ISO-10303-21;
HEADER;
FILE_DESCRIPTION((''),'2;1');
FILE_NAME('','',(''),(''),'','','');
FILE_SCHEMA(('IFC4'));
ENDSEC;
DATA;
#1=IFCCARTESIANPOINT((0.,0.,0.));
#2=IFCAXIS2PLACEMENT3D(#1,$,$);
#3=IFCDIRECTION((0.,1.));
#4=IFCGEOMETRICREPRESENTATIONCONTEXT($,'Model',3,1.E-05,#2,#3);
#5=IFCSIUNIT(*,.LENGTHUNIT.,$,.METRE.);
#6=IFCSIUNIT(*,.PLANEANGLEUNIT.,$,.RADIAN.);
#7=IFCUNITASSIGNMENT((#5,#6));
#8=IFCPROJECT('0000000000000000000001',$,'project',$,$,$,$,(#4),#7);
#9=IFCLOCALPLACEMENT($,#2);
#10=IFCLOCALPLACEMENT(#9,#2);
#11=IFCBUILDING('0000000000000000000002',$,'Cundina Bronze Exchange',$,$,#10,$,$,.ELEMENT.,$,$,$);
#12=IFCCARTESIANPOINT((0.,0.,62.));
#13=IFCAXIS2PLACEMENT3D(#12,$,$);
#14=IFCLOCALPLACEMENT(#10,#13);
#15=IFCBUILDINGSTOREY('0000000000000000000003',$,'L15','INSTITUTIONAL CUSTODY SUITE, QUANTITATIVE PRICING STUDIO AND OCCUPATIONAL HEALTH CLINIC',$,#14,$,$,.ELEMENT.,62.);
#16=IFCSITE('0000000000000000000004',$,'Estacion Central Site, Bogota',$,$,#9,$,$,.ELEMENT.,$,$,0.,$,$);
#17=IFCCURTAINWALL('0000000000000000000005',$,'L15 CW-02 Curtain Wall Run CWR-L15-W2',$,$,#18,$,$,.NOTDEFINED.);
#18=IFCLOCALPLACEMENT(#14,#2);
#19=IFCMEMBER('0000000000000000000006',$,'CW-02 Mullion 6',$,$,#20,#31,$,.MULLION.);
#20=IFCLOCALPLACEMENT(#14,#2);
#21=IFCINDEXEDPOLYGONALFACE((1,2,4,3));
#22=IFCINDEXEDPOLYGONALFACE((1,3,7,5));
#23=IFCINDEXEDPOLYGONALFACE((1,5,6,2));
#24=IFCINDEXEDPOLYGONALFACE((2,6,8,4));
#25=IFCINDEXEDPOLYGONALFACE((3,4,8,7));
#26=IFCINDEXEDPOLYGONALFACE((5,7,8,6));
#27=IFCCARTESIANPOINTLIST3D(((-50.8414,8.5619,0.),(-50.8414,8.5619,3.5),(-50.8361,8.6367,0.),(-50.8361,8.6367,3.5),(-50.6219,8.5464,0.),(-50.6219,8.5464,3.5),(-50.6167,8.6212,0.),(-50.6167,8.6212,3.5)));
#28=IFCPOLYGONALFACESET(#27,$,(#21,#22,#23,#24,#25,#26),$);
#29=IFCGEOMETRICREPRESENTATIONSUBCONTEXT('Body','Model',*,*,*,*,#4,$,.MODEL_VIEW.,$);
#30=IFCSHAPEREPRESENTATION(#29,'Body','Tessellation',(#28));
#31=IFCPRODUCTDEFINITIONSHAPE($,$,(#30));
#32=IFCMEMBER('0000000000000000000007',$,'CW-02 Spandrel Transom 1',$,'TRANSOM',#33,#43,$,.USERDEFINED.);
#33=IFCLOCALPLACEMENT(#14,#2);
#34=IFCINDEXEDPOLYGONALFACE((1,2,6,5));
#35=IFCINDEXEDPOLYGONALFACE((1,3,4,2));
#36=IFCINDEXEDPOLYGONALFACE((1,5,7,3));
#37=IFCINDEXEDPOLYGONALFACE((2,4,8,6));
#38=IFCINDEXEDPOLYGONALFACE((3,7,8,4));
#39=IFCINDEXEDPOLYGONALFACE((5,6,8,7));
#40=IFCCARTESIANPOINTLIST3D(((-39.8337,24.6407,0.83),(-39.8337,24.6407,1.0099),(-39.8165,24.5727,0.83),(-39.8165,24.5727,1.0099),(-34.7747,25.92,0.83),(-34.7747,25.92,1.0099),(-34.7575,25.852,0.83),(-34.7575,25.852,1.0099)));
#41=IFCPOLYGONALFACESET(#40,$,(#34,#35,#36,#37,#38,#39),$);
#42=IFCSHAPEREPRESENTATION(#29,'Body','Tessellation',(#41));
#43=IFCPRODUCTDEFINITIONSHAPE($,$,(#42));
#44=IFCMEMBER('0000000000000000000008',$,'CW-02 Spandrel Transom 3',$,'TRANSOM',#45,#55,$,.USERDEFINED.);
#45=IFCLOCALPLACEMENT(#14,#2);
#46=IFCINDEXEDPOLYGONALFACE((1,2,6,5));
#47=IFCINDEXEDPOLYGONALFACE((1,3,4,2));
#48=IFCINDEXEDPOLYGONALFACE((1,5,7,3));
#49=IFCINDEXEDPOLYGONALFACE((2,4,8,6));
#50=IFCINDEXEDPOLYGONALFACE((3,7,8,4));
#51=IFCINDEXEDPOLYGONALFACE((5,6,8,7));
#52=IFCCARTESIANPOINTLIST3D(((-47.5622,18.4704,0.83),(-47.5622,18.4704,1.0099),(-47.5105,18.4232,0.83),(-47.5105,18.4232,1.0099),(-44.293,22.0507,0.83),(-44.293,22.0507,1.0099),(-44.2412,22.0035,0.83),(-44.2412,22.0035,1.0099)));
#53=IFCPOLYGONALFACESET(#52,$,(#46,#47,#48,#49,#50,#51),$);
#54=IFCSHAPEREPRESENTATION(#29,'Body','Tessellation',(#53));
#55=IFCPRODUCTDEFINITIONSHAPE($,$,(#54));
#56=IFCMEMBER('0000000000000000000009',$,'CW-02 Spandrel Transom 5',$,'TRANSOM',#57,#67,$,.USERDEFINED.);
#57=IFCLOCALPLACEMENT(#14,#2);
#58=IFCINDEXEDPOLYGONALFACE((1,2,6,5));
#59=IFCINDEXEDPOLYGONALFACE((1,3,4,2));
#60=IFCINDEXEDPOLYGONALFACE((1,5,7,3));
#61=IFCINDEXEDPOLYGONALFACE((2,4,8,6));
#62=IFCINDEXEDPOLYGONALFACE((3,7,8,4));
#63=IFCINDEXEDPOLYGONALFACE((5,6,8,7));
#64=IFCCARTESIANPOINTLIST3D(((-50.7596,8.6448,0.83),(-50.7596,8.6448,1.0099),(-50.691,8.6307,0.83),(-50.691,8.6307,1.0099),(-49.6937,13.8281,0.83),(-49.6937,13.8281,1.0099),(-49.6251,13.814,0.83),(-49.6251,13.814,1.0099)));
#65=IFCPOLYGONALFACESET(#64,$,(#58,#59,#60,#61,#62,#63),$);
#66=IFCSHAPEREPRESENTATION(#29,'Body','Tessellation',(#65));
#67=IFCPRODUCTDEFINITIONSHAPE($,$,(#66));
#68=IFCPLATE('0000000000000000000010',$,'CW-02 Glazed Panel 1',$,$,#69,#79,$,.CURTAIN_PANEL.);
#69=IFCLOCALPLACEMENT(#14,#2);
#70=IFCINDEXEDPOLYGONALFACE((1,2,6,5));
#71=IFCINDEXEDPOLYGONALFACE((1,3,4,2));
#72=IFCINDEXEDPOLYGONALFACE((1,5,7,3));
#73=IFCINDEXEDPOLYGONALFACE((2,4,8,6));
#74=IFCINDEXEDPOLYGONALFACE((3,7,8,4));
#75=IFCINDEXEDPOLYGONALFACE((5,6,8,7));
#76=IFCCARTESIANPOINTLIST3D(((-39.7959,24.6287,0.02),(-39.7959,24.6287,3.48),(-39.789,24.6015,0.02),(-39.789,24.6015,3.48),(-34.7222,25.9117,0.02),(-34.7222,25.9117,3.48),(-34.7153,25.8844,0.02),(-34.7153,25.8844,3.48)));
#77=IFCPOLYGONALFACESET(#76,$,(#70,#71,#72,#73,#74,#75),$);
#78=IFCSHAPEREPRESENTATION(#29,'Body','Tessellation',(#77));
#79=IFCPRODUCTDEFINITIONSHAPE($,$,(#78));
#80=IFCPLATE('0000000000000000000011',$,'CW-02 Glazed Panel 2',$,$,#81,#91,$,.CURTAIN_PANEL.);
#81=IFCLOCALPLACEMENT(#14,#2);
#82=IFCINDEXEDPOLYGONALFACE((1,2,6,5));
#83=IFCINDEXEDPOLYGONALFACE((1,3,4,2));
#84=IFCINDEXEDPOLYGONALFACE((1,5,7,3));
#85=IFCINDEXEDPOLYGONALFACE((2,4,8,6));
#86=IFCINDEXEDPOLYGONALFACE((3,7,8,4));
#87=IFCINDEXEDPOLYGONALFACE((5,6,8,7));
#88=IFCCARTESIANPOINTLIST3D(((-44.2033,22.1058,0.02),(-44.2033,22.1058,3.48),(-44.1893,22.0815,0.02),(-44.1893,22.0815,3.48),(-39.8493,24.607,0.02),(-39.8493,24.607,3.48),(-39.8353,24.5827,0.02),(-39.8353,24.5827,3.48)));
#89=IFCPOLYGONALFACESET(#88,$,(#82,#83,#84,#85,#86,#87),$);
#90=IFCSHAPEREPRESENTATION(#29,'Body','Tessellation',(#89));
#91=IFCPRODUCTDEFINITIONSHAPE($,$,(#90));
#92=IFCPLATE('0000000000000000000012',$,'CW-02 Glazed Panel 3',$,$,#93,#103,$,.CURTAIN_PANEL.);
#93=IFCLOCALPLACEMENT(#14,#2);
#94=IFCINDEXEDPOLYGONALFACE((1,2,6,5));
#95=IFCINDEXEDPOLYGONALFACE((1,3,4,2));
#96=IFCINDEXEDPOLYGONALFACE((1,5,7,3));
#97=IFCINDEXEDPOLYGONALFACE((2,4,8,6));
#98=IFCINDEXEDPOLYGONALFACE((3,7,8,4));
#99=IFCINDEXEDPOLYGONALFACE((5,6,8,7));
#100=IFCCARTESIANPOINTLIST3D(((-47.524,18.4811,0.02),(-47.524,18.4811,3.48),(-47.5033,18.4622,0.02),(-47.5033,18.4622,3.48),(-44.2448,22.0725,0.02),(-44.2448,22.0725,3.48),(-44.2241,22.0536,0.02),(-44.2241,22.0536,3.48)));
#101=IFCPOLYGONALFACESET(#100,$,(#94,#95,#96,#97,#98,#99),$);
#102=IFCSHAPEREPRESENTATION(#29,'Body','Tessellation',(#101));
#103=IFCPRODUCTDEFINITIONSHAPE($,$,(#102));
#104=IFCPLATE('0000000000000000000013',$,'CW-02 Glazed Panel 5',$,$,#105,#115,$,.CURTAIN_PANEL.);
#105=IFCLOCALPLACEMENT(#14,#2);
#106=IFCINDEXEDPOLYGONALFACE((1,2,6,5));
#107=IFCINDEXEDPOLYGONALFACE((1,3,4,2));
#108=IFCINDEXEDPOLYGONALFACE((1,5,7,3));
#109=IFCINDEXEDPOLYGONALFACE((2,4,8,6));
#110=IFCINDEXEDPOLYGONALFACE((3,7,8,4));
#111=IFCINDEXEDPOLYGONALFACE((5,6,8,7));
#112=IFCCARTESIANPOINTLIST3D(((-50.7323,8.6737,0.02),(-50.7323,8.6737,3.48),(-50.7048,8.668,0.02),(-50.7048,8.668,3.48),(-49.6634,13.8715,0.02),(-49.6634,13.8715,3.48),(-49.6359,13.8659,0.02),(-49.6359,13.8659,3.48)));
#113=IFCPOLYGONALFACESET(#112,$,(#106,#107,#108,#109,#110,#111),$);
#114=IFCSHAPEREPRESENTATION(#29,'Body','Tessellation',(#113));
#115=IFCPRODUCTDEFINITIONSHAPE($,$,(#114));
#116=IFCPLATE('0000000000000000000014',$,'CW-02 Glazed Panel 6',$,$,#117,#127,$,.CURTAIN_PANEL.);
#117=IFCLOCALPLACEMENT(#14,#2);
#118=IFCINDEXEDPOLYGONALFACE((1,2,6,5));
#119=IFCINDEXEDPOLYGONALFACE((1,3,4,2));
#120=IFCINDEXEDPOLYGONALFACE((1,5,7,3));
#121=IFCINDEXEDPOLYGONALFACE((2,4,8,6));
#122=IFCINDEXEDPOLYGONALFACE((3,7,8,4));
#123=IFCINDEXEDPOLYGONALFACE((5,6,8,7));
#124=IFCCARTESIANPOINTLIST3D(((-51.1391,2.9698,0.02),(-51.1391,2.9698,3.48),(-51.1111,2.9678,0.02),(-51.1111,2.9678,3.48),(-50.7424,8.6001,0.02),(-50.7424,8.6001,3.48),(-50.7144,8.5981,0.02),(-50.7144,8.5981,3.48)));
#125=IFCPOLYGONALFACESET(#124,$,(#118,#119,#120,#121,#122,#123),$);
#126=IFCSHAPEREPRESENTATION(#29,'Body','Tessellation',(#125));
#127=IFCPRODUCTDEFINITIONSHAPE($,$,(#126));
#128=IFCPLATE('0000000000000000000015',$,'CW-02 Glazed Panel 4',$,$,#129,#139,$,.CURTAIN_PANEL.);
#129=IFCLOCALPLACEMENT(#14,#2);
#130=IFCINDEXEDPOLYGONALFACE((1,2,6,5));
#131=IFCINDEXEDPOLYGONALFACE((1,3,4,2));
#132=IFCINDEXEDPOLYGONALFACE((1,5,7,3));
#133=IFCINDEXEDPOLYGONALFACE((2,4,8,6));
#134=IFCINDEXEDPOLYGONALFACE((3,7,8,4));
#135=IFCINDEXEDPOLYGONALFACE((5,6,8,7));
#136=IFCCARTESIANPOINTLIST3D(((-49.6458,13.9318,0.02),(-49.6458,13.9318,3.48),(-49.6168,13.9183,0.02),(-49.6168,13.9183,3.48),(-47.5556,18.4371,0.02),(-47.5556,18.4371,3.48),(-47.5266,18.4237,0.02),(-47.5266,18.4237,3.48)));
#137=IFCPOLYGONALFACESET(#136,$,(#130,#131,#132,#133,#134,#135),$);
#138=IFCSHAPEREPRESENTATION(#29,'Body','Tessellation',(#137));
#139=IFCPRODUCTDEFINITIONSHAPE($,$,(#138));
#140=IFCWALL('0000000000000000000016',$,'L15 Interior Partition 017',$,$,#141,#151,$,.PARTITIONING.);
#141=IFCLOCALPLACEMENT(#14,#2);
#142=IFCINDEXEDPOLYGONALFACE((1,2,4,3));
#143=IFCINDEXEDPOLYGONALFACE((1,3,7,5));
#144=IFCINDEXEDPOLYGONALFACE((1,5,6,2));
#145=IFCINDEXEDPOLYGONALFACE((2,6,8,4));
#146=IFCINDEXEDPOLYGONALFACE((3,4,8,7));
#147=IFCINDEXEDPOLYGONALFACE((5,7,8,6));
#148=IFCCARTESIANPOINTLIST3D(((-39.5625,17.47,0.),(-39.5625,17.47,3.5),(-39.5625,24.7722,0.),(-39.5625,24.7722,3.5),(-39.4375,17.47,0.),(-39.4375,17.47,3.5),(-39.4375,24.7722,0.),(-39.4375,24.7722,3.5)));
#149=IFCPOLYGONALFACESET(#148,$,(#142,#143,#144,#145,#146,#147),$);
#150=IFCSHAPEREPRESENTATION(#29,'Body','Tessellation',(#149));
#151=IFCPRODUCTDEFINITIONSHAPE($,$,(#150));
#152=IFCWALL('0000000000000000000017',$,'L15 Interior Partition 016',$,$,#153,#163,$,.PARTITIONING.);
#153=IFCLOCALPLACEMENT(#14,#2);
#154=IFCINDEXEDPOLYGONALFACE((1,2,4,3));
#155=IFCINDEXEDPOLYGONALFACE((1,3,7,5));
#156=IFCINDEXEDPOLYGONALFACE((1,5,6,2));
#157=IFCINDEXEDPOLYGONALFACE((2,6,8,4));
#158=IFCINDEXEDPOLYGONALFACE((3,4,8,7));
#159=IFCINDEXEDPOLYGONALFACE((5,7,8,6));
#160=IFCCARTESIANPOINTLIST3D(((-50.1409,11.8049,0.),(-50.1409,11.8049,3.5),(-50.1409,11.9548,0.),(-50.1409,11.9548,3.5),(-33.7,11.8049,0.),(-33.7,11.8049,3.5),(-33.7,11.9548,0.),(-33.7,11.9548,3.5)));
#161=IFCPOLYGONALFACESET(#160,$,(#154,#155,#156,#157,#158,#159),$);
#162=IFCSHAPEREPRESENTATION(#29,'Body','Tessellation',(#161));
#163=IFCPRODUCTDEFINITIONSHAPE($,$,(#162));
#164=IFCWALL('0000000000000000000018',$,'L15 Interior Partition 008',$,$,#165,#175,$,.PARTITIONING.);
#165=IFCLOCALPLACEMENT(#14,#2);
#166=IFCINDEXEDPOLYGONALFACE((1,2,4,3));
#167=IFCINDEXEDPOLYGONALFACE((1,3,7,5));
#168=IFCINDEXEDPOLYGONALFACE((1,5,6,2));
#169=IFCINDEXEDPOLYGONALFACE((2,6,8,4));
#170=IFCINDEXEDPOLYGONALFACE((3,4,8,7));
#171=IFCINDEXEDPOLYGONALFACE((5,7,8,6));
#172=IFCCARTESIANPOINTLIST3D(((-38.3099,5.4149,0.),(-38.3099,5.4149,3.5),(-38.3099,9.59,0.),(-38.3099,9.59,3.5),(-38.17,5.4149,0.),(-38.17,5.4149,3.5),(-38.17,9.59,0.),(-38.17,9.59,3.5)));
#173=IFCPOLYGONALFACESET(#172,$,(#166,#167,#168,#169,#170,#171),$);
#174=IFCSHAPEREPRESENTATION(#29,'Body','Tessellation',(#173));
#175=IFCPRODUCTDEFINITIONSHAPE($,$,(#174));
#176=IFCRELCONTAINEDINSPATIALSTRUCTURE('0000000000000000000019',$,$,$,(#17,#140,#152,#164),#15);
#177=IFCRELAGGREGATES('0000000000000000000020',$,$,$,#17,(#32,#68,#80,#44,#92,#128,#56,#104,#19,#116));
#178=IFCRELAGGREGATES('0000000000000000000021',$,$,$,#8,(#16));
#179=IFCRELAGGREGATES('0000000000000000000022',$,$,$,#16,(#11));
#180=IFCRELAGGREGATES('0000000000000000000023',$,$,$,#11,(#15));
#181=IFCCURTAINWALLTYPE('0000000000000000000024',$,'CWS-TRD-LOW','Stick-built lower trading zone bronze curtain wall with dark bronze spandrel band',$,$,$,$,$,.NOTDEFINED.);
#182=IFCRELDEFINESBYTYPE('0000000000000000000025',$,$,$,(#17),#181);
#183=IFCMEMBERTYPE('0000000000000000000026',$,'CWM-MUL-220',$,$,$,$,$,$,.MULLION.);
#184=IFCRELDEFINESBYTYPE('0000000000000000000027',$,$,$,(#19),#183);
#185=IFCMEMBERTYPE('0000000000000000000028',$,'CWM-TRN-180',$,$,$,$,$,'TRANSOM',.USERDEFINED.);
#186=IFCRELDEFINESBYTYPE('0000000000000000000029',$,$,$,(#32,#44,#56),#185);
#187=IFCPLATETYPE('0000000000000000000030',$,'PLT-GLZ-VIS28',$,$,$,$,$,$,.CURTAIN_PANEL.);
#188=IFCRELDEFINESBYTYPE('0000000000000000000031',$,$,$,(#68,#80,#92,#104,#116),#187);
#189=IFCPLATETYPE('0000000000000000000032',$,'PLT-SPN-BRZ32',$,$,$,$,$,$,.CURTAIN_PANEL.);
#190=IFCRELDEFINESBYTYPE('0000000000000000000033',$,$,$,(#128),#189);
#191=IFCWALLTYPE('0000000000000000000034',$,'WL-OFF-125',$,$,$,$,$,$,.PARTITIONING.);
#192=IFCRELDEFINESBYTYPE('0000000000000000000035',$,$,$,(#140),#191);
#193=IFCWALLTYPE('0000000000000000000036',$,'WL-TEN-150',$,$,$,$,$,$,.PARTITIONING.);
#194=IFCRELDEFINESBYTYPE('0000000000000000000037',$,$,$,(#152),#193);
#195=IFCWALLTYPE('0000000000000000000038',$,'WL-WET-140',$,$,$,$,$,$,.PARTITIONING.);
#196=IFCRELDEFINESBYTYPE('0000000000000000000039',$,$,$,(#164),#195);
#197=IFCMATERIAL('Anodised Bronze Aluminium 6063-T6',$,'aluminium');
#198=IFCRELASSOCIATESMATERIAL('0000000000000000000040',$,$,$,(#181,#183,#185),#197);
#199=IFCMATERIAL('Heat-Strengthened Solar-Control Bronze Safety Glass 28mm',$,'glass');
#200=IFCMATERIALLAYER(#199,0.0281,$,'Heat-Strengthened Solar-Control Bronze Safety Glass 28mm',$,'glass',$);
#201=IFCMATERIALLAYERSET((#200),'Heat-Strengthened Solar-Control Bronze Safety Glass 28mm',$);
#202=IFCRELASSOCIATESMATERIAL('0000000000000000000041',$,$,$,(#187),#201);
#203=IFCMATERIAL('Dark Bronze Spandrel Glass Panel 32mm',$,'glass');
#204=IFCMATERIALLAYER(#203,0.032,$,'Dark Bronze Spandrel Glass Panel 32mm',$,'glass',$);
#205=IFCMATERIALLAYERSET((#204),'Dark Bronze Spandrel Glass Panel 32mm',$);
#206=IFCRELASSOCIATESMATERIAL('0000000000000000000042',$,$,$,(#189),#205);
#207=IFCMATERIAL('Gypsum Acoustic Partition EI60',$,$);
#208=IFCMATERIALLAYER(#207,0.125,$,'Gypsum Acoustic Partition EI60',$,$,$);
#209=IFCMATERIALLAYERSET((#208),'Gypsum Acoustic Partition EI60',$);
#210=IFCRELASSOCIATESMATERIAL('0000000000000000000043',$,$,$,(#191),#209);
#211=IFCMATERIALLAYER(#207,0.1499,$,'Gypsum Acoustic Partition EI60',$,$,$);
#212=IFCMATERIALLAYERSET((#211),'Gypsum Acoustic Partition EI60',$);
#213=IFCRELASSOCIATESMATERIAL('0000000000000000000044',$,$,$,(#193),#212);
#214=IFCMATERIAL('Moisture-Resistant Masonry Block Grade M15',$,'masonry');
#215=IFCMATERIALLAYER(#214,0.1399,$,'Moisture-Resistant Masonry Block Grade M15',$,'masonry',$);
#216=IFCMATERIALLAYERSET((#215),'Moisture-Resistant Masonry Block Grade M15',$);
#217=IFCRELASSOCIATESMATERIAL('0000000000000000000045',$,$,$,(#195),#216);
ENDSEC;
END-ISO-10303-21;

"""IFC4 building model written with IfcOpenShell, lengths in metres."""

from ifc_helpers import new_model, si_unit, direction, frame, frame_2d, origin, origin_2d, place, context, subcontext, project, spatial, rectangle, extrude, material, layer, layer_set, material_profile, profile_set, type_object, element, aggregate, save


model = new_model("IFC4")

# Units and contexts
model_context = context("Model", 3, precision=1e-05, world=origin(), true_north=direction((0.0, 1.0)))
body_context = subcontext(model_context, "Body", "Model", "MODEL_VIEW")
ifc_project = project(units=[si_unit("LENGTHUNIT", "METRE"), si_unit("PLANEANGLEUNIT", "RADIAN")], contexts=[model_context])

# Site, building, storey
site_placement = place(None, origin())
site = spatial("IfcSite", under=ifc_project, at=site_placement, Name="Estacion Central Site, Bogota", CompositionType="ELEMENT", RefElevation=0.0)
building_placement = place(site_placement, origin())
building = spatial("IfcBuilding", under=site, at=building_placement, Name="Cundina Bronze Exchange", CompositionType="ELEMENT")
storey_placement = place(building_placement, frame((0.0, 0.0, 62.0)))
storey = spatial("IfcBuildingStorey", under=building, at=storey_placement, Name="L15", Description="INSTITUTIONAL CUSTODY SUITE, QUANTITATIVE PRICING STUDIO AND OCCUPATIONAL HEALTH CLINIC", CompositionType="ELEMENT", Elevation=62.0)

# Curtain wall, members, plates
ifc_material_1 = material(Name="Anodised Bronze Aluminium 6063-T6", Category="aluminium")
curtain_wall_type = type_object("IfcCurtainWallType", Name="CWS-TRD-LOW", Description="Stick-built lower trading zone bronze curtain wall with dark bronze spandrel band", PredefinedType="NOTDEFINED", material=ifc_material_1)
curtain_wall_placement = place(storey_placement, origin())
curtain_wall = element("IfcCurtainWall", 1, at=curtain_wall_placement, inside=storey, type_object=curtain_wall_type, Name="L15 CW-02 Curtain Wall Run CWR-L15-W2", PredefinedType="NOTDEFINED")
ifc_material_profile_1 = material_profile(ifc_material_1, rectangle(XDim=0.075, YDim=0.22, at=origin_2d()), Name="AL75X220", Category="aluminium")
ifc_profile_set_1 = profile_set([ifc_material_profile_1], Name="Anodised Bronze Aluminium 6063-T6")
member_type_1 = type_object("IfcMemberType", Name="CWM-MUL-220", PredefinedType="MULLION", material=ifc_profile_set_1)
member_1_placement = place(storey_placement, frame((-50.729, 8.5916, 0.0), z_axis=(0.0, 0.0, 1.0), x_axis=(-0.070279, -0.997527, 0.0)))
member_1 = element("IfcMember", 2, at=member_1_placement, type_object=member_type_1, Name="CW-02 Mullion 6", PredefinedType="MULLION", context=body_context, shape_type="SweptSolid", body=[
    extrude(rectangle(XDim=0.075, YDim=0.22, at=origin_2d()), origin(), (0.0, 0.0, 1.0), 3.5),
])
ifc_material_profile_2 = material_profile(ifc_material_1, rectangle(XDim=0.0701, YDim=0.1799, at=origin_2d()), Name="AL70X180", Category="aluminium")
ifc_profile_set_2 = profile_set([ifc_material_profile_2], Name="Anodised Bronze Aluminium 6063-T6")
member_type_2 = type_object("IfcMemberType", Name="CWM-TRN-180", ElementType="TRANSOM", PredefinedType="USERDEFINED", material=ifc_profile_set_2)
member_2_placement = place(storey_placement, frame((-34.7661, 25.886, 0.9199), z_axis=(-0.969484, -0.245155, 0.0), x_axis=(0.245155, -0.969484, 0.0)))
member_2 = element("IfcMember", 3, at=member_2_placement, type_object=member_type_2, Name="CW-02 Spandrel Transom 1", ObjectType="TRANSOM", PredefinedType="USERDEFINED", context=body_context, shape_type="SweptSolid", body=[
    extrude(rectangle(XDim=0.0701, YDim=0.1799, at=origin_2d()), origin(), (0.0, 0.0, 1.0), 5.2183),
])
member_3_placement = place(storey_placement, frame((-44.2671, 22.0271, 0.9199), z_axis=(-0.674303, -0.738455, 0.0), x_axis=(0.738455, -0.674303, 0.0)))
member_3 = element("IfcMember", 4, at=member_3_placement, type_object=member_type_2, Name="CW-02 Spandrel Transom 3", ObjectType="TRANSOM", PredefinedType="USERDEFINED", context=body_context, shape_type="SweptSolid", body=[
    extrude(rectangle(XDim=0.0701, YDim=0.1799, at=origin_2d()), origin(), (0.0, 0.0, 1.0), 4.8484),
])
member_4_placement = place(storey_placement, frame((-49.6594, 13.821, 0.9199), z_axis=(-0.201428, -0.979503, 0.0), x_axis=(0.979503, -0.201428, 0.0)))
member_4 = element("IfcMember", 5, at=member_4_placement, type_object=member_type_2, Name="CW-02 Spandrel Transom 5", ObjectType="TRANSOM", PredefinedType="USERDEFINED", context=body_context, shape_type="SweptSolid", body=[
    extrude(rectangle(XDim=0.0701, YDim=0.1799, at=origin_2d()), origin(), (0.0, 0.0, 1.0), 5.2917),
])
ifc_material_2 = material(Name="Heat-Strengthened Solar-Control Bronze Safety Glass 28mm", Category="glass")
ifc_layer_1 = layer(ifc_material_2, 0.0281, Name="Heat-Strengthened Solar-Control Bronze Safety Glass 28mm", Category="glass")
ifc_layer_set_1 = layer_set([ifc_layer_1], Name="Heat-Strengthened Solar-Control Bronze Safety Glass 28mm")
plate_type_1 = type_object("IfcPlateType", Name="PLT-GLZ-VIS28", PredefinedType="CURTAIN_PANEL", material=ifc_layer_set_1)
plate_1_placement = place(storey_placement, frame((-37.2556, 25.2566, 0.02), z_axis=(0.0, 0.0, 1.0), x_axis=(-0.969488, -0.245138, 0.0)))
plate_1 = element("IfcPlate", 6, at=plate_1_placement, type_object=plate_type_1, Name="CW-02 Glazed Panel 1", PredefinedType="CURTAIN_PANEL", context=body_context, shape_type="SweptSolid", body=[
    extrude(rectangle(XDim=5.2334, YDim=0.0281, at=origin_2d()), origin(), (0.0, 0.0, 1.0), 3.46),
])
plate_2_placement = place(storey_placement, frame((-42.0193, 23.3442, 0.02), z_axis=(0.0, 0.0, 1.0), x_axis=(-0.867105, -0.498125, 0.0)))
plate_2 = element("IfcPlate", 7, at=plate_2_placement, type_object=plate_type_1, Name="CW-02 Glazed Panel 2", PredefinedType="CURTAIN_PANEL", context=body_context, shape_type="SweptSolid", body=[
    extrude(rectangle(XDim=5.0212, YDim=0.0281, at=origin_2d()), origin(), (0.0, 0.0, 1.0), 3.46),
])
plate_3_placement = place(storey_placement, frame((-45.874, 20.2673, 0.02), z_axis=(0.0, 0.0, 1.0), x_axis=(-0.674277, -0.738479, 0.0)))
plate_3 = element("IfcPlate", 8, at=plate_3_placement, type_object=plate_type_1, Name="CW-02 Glazed Panel 3", PredefinedType="CURTAIN_PANEL", context=body_context, shape_type="SweptSolid", body=[
    extrude(rectangle(XDim=4.8633, YDim=0.0281, at=origin_2d()), origin(), (0.0, 0.0, 1.0), 3.46),
])
plate_4_placement = place(storey_placement, frame((-50.1841, 11.2698, 0.02), z_axis=(0.0, 0.0, 1.0), x_axis=(-0.20142, -0.979505, 0.0)))
plate_4 = element("IfcPlate", 9, at=plate_4_placement, type_object=plate_type_1, Name="CW-02 Glazed Panel 5", PredefinedType="CURTAIN_PANEL", context=body_context, shape_type="SweptSolid", body=[
    extrude(rectangle(XDim=5.3066, YDim=0.0281, at=origin_2d()), origin(), (0.0, 0.0, 1.0), 3.46),
])
plate_5_placement = place(storey_placement, frame((-50.9268, 5.7839, 0.02), z_axis=(0.0, 0.0, 1.0), x_axis=(-0.070279, -0.997527, 0.0)))
plate_5 = element("IfcPlate", 10, at=plate_5_placement, type_object=plate_type_1, Name="CW-02 Glazed Panel 6", PredefinedType="CURTAIN_PANEL", context=body_context, shape_type="SweptSolid", body=[
    extrude(rectangle(XDim=5.6443, YDim=0.0281, at=origin_2d()), origin(), (0.0, 0.0, 1.0), 3.46),
])
ifc_material_3 = material(Name="Dark Bronze Spandrel Glass Panel 32mm", Category="glass")
ifc_layer_2 = layer(ifc_material_3, 0.032, Name="Dark Bronze Spandrel Glass Panel 32mm", Category="glass")
ifc_layer_set_2 = layer_set([ifc_layer_2], Name="Dark Bronze Spandrel Glass Panel 32mm")
plate_type_2 = type_object("IfcPlateType", Name="PLT-SPN-BRZ32", PredefinedType="CURTAIN_PANEL", material=ifc_layer_set_2)
plate_6_placement = place(storey_placement, frame((-48.5862, 16.1777, 0.02), z_axis=(0.0, 0.0, 1.0), x_axis=(-0.420846, -0.907132, 0.0)))
plate_6 = element("IfcPlate", 11, at=plate_6_placement, type_object=plate_type_2, Name="CW-02 Glazed Panel 4", PredefinedType="CURTAIN_PANEL", context=body_context, shape_type="SweptSolid", body=[
    extrude(rectangle(XDim=4.9666, YDim=0.032, at=origin_2d()), origin(), (0.0, 0.0, 1.0), 3.46),
])
aggregate(curtain_wall, [member_2, plate_1, plate_2, member_3, plate_3, plate_6, member_4, plate_4, member_1, plate_5])

# Walls
ifc_material_4 = material(Name="Gypsum Acoustic Partition EI60")
ifc_layer_3 = layer(ifc_material_4, 0.125, Name="Gypsum Acoustic Partition EI60")
ifc_layer_set_3 = layer_set([ifc_layer_3], Name="Gypsum Acoustic Partition EI60")
wall_type_1 = type_object("IfcWallType", Name="WL-OFF-125", PredefinedType="PARTITIONING", material=ifc_layer_set_3)
wall_1_placement = place(storey_placement, frame((-39.5, 17.47, 0.0), z_axis=(0.0, 0.0, 1.0), x_axis=(0.0, 1.0, 0.0)))
element("IfcWall", 12, at=wall_1_placement, inside=storey, type_object=wall_type_1, Name="L15 Interior Partition 017", PredefinedType="PARTITIONING", context=body_context, shape_type="SweptSolid", body=[
    extrude(rectangle(XDim=7.3022, YDim=0.125, at=frame_2d((3.6511, 0.0))), origin(), (0.0, 0.0, 1.0), 3.5),
])
ifc_layer_4 = layer(ifc_material_4, 0.1499, Name="Gypsum Acoustic Partition EI60")
ifc_layer_set_4 = layer_set([ifc_layer_4], Name="Gypsum Acoustic Partition EI60")
wall_type_2 = type_object("IfcWallType", Name="WL-TEN-150", PredefinedType="PARTITIONING", material=ifc_layer_set_4)
wall_2_placement = place(storey_placement, frame((-50.1409, 11.8799, 0.0), z_axis=(0.0, 0.0, 1.0), x_axis=(1.0, 0.0, 0.0)))
element("IfcWall", 13, at=wall_2_placement, inside=storey, type_object=wall_type_2, Name="L15 Interior Partition 016", PredefinedType="PARTITIONING", context=body_context, shape_type="SweptSolid", body=[
    extrude(rectangle(XDim=16.4409, YDim=0.1499, at=frame_2d((8.2205, 0.0))), origin(), (0.0, 0.0, 1.0), 3.5),
])
ifc_material_5 = material(Name="Moisture-Resistant Masonry Block Grade M15", Category="masonry")
ifc_layer_5 = layer(ifc_material_5, 0.1399, Name="Moisture-Resistant Masonry Block Grade M15", Category="masonry")
ifc_layer_set_5 = layer_set([ifc_layer_5], Name="Moisture-Resistant Masonry Block Grade M15")
wall_type_3 = type_object("IfcWallType", Name="WL-WET-140", PredefinedType="PARTITIONING", material=ifc_layer_set_5)
wall_3_placement = place(storey_placement, frame((-38.24, 5.415, 0.0), z_axis=(0.0, 0.0, 1.0), x_axis=(0.0, 1.0, 0.0)))
element("IfcWall", 14, at=wall_3_placement, inside=storey, type_object=wall_type_3, Name="L15 Interior Partition 008", PredefinedType="PARTITIONING", context=body_context, shape_type="SweptSolid", body=[
    extrude(rectangle(XDim=4.175, YDim=0.1399, at=frame_2d((2.0874, 0.0))), origin(), (0.0, 0.0, 1.0), 3.5),
])

save(model, "model.ifc")
